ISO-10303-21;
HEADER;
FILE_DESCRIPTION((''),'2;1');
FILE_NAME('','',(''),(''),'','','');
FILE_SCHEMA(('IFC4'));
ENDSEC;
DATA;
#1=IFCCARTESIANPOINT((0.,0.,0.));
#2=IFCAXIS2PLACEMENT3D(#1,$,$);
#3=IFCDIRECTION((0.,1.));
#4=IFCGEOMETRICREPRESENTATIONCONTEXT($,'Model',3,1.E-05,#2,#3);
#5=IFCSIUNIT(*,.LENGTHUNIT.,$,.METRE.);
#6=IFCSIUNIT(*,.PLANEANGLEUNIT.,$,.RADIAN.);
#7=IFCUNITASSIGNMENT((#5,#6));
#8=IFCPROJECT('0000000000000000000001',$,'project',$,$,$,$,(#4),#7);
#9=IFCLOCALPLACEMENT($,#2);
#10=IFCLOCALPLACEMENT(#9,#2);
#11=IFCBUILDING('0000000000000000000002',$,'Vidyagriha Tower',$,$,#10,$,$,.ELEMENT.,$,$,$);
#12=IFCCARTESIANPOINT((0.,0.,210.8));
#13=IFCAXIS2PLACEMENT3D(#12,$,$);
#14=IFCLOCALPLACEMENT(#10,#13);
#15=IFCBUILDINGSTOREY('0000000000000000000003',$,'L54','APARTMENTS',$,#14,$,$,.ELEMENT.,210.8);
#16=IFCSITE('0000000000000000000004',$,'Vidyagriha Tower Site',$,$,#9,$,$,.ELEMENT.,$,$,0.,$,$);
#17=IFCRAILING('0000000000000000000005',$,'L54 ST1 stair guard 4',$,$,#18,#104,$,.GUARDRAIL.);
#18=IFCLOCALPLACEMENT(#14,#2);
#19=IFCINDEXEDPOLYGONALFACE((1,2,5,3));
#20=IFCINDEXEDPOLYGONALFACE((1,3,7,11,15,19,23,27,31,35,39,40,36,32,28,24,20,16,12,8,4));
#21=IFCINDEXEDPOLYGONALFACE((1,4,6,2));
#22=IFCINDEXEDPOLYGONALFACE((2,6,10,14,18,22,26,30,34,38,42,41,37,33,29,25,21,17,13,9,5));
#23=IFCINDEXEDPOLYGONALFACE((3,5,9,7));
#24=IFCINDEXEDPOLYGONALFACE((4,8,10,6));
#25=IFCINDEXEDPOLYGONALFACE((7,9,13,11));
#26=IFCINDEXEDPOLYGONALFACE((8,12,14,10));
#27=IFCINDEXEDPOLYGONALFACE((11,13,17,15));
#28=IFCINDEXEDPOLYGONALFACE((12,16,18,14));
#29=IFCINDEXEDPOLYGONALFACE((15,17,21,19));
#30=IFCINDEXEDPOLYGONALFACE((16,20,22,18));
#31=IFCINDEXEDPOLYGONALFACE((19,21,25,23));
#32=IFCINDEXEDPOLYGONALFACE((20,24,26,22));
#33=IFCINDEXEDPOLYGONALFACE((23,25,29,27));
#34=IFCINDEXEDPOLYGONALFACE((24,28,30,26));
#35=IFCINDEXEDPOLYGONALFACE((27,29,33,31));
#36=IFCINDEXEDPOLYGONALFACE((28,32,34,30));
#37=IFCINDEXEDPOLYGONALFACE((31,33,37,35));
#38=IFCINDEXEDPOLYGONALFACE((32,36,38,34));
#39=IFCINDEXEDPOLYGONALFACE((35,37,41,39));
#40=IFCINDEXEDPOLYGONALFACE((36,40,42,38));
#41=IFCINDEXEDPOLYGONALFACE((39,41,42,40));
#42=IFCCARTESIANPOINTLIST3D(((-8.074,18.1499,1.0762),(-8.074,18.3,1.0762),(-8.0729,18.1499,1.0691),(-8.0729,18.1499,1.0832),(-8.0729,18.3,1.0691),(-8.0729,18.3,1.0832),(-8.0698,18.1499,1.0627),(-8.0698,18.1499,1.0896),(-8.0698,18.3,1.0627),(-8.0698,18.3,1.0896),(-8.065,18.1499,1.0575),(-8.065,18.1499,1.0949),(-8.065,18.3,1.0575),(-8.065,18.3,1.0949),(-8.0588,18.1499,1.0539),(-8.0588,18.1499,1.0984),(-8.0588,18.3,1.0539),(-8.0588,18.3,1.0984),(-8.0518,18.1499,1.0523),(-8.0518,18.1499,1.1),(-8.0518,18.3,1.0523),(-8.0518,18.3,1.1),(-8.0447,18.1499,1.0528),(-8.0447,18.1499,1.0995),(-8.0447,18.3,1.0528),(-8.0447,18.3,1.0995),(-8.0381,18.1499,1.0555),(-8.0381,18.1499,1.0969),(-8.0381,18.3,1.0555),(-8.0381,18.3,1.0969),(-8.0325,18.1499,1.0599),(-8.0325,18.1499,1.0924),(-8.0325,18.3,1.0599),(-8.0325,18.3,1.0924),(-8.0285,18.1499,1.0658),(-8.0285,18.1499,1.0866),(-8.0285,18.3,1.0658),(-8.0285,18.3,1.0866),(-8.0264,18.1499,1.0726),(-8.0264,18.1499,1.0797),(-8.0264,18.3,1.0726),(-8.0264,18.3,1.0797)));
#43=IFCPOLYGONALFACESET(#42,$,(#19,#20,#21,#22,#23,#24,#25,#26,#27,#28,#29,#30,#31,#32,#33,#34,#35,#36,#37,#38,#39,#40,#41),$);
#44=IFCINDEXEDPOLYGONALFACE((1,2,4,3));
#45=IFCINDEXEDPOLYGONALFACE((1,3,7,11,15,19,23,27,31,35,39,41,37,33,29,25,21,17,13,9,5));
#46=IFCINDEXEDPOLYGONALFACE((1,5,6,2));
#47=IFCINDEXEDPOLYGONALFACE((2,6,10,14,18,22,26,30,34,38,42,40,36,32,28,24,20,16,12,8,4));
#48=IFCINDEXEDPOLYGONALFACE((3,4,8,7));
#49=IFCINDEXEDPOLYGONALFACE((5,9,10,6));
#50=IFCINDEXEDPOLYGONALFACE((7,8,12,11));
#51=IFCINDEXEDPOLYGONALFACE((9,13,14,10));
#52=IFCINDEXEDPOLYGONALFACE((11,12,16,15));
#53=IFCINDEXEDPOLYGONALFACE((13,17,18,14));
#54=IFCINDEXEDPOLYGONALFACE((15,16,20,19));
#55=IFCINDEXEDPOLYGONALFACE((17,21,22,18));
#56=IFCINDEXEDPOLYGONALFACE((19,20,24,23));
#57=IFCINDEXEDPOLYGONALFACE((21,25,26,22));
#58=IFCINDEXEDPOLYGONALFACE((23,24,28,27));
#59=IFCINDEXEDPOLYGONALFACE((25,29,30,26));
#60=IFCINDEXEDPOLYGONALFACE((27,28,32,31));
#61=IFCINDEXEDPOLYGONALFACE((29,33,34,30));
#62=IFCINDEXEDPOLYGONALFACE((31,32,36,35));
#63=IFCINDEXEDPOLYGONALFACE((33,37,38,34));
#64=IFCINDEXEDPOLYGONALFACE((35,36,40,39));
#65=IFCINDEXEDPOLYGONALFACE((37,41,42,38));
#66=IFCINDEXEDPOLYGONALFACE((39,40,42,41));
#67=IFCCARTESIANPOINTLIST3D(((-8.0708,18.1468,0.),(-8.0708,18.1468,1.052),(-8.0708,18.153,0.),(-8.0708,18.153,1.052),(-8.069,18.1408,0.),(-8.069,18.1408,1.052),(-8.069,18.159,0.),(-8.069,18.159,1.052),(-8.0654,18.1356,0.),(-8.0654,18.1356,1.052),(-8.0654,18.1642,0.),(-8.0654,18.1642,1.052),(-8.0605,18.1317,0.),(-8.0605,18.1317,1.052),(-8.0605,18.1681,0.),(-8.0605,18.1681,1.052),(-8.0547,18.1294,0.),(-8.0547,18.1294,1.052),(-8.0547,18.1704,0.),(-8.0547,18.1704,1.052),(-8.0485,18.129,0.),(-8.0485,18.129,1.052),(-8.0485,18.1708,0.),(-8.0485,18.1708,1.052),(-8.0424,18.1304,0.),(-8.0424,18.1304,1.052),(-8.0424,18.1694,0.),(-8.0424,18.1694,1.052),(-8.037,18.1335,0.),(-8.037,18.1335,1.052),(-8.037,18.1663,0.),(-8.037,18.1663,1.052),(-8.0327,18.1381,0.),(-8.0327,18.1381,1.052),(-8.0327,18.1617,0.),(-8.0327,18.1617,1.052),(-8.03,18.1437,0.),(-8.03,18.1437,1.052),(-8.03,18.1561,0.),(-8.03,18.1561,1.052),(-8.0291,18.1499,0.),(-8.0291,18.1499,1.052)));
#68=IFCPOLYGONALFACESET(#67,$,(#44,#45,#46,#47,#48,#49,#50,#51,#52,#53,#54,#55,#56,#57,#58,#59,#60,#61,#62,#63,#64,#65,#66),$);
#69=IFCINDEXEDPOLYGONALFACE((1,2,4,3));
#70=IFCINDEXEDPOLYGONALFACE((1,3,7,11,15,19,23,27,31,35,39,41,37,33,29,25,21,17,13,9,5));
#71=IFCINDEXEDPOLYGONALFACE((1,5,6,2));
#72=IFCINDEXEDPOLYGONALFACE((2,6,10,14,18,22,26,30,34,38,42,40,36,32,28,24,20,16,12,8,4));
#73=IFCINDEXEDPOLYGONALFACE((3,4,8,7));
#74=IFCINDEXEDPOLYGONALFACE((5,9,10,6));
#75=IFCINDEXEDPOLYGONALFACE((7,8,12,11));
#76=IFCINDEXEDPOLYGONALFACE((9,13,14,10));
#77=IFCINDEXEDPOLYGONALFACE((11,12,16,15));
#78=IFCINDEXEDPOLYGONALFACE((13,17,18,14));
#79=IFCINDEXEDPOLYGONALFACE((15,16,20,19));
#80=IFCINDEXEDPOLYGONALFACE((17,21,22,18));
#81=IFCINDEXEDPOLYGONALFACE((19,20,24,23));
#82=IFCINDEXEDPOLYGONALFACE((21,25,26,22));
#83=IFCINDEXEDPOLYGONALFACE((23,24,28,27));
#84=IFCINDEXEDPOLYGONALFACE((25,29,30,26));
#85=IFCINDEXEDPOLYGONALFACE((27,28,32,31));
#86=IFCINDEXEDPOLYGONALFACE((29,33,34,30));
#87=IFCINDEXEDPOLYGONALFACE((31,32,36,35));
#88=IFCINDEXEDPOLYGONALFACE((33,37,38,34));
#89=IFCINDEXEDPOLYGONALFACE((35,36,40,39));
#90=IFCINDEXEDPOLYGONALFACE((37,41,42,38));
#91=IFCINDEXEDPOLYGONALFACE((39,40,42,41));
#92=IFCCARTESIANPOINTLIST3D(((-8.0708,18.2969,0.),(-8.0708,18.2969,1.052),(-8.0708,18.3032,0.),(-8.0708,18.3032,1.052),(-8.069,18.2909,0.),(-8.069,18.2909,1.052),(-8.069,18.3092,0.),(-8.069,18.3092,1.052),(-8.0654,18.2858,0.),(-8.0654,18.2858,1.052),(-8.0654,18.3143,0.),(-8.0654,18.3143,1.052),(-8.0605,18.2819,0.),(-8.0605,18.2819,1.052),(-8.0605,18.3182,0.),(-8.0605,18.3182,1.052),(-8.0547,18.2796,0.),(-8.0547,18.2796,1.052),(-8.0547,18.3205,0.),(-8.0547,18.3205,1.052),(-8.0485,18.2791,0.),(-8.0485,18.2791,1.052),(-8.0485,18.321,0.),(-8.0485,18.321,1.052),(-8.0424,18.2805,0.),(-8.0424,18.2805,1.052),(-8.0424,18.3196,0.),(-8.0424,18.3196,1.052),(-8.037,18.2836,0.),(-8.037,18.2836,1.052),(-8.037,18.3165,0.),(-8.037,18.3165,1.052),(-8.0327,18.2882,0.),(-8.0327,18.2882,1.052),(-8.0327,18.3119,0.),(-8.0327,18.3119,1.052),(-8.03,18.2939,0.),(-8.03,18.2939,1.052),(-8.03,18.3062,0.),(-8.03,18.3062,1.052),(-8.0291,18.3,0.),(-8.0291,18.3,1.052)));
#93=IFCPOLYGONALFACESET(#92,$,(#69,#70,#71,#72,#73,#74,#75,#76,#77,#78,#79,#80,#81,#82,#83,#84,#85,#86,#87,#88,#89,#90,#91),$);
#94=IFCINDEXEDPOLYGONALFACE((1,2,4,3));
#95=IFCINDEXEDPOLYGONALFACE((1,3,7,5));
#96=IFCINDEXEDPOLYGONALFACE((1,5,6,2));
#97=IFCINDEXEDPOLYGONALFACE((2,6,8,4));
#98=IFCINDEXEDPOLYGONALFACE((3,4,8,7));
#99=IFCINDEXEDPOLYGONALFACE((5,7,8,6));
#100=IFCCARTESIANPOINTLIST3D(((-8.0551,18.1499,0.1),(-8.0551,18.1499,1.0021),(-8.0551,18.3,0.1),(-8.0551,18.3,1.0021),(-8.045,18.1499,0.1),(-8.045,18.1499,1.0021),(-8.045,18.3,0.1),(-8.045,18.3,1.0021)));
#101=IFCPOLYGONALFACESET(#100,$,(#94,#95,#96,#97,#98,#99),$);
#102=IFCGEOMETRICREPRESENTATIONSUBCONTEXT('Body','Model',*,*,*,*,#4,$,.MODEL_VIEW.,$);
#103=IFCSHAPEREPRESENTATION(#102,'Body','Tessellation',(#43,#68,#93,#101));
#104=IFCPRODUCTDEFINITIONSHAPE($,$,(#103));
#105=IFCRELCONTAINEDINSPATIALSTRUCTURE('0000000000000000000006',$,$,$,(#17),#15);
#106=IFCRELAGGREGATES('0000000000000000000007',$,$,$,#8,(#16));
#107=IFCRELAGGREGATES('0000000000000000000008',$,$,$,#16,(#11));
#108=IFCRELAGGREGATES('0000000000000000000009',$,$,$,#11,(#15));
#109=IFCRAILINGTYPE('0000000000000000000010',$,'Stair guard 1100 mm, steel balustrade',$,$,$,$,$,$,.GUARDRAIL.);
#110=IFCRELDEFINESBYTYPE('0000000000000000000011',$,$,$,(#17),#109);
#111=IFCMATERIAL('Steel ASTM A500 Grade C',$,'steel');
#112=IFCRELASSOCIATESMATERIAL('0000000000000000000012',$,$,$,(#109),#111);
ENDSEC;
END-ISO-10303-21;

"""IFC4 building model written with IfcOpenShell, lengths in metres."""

from ifc_helpers import new_model, si_unit, direction, frame, origin, origin_2d, place, context, subcontext, project, spatial, rectangle, circle, extrude, material, type_object, element, save


model = new_model("IFC4")

# Units and contexts
model_context = context("Model", 3, precision=1e-05, world=origin(), true_north=direction((0.0, 1.0)))
body_context = subcontext(model_context, "Body", "Model", "MODEL_VIEW")
ifc_project = project(units=[si_unit("LENGTHUNIT", "METRE"), si_unit("PLANEANGLEUNIT", "RADIAN")], contexts=[model_context])

# Site, building, storey
site_placement = place(None, origin())
site = spatial("IfcSite", under=ifc_project, at=site_placement, Name="Vidyagriha Tower Site", CompositionType="ELEMENT", RefElevation=0.0)
building_placement = place(site_placement, origin())
building = spatial("IfcBuilding", under=site, at=building_placement, Name="Vidyagriha Tower", CompositionType="ELEMENT")
storey_placement = place(building_placement, frame((0.0, 0.0, 210.8)))
storey = spatial("IfcBuildingStorey", under=building, at=storey_placement, Name="L54", Description="APARTMENTS", CompositionType="ELEMENT", Elevation=210.8)

# Railing
ifc_material_1 = material(Name="Steel ASTM A500 Grade C", Category="steel")
railing_type_1 = type_object("IfcRailingType", Name="Stair guard 1100 mm, steel balustrade", PredefinedType="GUARDRAIL", material=ifc_material_1)
railing_1_placement = place(storey_placement, frame((-8.05, 18.1499, 0.0)))
element("IfcRailing", 1, at=railing_1_placement, inside=storey, type_object=railing_type_1, Name="L54 ST1 stair guard 4", PredefinedType="GUARDRAIL", context=body_context, shape_type="SweptSolid", body=[
    extrude(circle(Radius=0.0239, at=origin_2d()), frame((0.0, 0.0, 1.0762), z_axis=(0.0, 1.0, 0.0), x_axis=(-1.0, 0.0, 0.0)), (0.0, 0.0, 1.0), 0.1501),
    extrude(circle(Radius=0.021, at=origin_2d()), origin(), (0.0, 0.0, 1.0), 1.052),
    extrude(circle(Radius=0.021, at=origin_2d()), frame((0.0, 0.1501, 0.0)), (0.0, 0.0, 1.0), 1.052),
    extrude(rectangle(XDim=0.01, YDim=0.9021, at=origin_2d()), frame((0.0, 0.0, 0.551), z_axis=(0.0, 1.0, 0.0), x_axis=(-1.0, 0.0, 0.0)), (0.0, 0.0, 1.0), 0.1501),
])

save(model, "model.ifc")
